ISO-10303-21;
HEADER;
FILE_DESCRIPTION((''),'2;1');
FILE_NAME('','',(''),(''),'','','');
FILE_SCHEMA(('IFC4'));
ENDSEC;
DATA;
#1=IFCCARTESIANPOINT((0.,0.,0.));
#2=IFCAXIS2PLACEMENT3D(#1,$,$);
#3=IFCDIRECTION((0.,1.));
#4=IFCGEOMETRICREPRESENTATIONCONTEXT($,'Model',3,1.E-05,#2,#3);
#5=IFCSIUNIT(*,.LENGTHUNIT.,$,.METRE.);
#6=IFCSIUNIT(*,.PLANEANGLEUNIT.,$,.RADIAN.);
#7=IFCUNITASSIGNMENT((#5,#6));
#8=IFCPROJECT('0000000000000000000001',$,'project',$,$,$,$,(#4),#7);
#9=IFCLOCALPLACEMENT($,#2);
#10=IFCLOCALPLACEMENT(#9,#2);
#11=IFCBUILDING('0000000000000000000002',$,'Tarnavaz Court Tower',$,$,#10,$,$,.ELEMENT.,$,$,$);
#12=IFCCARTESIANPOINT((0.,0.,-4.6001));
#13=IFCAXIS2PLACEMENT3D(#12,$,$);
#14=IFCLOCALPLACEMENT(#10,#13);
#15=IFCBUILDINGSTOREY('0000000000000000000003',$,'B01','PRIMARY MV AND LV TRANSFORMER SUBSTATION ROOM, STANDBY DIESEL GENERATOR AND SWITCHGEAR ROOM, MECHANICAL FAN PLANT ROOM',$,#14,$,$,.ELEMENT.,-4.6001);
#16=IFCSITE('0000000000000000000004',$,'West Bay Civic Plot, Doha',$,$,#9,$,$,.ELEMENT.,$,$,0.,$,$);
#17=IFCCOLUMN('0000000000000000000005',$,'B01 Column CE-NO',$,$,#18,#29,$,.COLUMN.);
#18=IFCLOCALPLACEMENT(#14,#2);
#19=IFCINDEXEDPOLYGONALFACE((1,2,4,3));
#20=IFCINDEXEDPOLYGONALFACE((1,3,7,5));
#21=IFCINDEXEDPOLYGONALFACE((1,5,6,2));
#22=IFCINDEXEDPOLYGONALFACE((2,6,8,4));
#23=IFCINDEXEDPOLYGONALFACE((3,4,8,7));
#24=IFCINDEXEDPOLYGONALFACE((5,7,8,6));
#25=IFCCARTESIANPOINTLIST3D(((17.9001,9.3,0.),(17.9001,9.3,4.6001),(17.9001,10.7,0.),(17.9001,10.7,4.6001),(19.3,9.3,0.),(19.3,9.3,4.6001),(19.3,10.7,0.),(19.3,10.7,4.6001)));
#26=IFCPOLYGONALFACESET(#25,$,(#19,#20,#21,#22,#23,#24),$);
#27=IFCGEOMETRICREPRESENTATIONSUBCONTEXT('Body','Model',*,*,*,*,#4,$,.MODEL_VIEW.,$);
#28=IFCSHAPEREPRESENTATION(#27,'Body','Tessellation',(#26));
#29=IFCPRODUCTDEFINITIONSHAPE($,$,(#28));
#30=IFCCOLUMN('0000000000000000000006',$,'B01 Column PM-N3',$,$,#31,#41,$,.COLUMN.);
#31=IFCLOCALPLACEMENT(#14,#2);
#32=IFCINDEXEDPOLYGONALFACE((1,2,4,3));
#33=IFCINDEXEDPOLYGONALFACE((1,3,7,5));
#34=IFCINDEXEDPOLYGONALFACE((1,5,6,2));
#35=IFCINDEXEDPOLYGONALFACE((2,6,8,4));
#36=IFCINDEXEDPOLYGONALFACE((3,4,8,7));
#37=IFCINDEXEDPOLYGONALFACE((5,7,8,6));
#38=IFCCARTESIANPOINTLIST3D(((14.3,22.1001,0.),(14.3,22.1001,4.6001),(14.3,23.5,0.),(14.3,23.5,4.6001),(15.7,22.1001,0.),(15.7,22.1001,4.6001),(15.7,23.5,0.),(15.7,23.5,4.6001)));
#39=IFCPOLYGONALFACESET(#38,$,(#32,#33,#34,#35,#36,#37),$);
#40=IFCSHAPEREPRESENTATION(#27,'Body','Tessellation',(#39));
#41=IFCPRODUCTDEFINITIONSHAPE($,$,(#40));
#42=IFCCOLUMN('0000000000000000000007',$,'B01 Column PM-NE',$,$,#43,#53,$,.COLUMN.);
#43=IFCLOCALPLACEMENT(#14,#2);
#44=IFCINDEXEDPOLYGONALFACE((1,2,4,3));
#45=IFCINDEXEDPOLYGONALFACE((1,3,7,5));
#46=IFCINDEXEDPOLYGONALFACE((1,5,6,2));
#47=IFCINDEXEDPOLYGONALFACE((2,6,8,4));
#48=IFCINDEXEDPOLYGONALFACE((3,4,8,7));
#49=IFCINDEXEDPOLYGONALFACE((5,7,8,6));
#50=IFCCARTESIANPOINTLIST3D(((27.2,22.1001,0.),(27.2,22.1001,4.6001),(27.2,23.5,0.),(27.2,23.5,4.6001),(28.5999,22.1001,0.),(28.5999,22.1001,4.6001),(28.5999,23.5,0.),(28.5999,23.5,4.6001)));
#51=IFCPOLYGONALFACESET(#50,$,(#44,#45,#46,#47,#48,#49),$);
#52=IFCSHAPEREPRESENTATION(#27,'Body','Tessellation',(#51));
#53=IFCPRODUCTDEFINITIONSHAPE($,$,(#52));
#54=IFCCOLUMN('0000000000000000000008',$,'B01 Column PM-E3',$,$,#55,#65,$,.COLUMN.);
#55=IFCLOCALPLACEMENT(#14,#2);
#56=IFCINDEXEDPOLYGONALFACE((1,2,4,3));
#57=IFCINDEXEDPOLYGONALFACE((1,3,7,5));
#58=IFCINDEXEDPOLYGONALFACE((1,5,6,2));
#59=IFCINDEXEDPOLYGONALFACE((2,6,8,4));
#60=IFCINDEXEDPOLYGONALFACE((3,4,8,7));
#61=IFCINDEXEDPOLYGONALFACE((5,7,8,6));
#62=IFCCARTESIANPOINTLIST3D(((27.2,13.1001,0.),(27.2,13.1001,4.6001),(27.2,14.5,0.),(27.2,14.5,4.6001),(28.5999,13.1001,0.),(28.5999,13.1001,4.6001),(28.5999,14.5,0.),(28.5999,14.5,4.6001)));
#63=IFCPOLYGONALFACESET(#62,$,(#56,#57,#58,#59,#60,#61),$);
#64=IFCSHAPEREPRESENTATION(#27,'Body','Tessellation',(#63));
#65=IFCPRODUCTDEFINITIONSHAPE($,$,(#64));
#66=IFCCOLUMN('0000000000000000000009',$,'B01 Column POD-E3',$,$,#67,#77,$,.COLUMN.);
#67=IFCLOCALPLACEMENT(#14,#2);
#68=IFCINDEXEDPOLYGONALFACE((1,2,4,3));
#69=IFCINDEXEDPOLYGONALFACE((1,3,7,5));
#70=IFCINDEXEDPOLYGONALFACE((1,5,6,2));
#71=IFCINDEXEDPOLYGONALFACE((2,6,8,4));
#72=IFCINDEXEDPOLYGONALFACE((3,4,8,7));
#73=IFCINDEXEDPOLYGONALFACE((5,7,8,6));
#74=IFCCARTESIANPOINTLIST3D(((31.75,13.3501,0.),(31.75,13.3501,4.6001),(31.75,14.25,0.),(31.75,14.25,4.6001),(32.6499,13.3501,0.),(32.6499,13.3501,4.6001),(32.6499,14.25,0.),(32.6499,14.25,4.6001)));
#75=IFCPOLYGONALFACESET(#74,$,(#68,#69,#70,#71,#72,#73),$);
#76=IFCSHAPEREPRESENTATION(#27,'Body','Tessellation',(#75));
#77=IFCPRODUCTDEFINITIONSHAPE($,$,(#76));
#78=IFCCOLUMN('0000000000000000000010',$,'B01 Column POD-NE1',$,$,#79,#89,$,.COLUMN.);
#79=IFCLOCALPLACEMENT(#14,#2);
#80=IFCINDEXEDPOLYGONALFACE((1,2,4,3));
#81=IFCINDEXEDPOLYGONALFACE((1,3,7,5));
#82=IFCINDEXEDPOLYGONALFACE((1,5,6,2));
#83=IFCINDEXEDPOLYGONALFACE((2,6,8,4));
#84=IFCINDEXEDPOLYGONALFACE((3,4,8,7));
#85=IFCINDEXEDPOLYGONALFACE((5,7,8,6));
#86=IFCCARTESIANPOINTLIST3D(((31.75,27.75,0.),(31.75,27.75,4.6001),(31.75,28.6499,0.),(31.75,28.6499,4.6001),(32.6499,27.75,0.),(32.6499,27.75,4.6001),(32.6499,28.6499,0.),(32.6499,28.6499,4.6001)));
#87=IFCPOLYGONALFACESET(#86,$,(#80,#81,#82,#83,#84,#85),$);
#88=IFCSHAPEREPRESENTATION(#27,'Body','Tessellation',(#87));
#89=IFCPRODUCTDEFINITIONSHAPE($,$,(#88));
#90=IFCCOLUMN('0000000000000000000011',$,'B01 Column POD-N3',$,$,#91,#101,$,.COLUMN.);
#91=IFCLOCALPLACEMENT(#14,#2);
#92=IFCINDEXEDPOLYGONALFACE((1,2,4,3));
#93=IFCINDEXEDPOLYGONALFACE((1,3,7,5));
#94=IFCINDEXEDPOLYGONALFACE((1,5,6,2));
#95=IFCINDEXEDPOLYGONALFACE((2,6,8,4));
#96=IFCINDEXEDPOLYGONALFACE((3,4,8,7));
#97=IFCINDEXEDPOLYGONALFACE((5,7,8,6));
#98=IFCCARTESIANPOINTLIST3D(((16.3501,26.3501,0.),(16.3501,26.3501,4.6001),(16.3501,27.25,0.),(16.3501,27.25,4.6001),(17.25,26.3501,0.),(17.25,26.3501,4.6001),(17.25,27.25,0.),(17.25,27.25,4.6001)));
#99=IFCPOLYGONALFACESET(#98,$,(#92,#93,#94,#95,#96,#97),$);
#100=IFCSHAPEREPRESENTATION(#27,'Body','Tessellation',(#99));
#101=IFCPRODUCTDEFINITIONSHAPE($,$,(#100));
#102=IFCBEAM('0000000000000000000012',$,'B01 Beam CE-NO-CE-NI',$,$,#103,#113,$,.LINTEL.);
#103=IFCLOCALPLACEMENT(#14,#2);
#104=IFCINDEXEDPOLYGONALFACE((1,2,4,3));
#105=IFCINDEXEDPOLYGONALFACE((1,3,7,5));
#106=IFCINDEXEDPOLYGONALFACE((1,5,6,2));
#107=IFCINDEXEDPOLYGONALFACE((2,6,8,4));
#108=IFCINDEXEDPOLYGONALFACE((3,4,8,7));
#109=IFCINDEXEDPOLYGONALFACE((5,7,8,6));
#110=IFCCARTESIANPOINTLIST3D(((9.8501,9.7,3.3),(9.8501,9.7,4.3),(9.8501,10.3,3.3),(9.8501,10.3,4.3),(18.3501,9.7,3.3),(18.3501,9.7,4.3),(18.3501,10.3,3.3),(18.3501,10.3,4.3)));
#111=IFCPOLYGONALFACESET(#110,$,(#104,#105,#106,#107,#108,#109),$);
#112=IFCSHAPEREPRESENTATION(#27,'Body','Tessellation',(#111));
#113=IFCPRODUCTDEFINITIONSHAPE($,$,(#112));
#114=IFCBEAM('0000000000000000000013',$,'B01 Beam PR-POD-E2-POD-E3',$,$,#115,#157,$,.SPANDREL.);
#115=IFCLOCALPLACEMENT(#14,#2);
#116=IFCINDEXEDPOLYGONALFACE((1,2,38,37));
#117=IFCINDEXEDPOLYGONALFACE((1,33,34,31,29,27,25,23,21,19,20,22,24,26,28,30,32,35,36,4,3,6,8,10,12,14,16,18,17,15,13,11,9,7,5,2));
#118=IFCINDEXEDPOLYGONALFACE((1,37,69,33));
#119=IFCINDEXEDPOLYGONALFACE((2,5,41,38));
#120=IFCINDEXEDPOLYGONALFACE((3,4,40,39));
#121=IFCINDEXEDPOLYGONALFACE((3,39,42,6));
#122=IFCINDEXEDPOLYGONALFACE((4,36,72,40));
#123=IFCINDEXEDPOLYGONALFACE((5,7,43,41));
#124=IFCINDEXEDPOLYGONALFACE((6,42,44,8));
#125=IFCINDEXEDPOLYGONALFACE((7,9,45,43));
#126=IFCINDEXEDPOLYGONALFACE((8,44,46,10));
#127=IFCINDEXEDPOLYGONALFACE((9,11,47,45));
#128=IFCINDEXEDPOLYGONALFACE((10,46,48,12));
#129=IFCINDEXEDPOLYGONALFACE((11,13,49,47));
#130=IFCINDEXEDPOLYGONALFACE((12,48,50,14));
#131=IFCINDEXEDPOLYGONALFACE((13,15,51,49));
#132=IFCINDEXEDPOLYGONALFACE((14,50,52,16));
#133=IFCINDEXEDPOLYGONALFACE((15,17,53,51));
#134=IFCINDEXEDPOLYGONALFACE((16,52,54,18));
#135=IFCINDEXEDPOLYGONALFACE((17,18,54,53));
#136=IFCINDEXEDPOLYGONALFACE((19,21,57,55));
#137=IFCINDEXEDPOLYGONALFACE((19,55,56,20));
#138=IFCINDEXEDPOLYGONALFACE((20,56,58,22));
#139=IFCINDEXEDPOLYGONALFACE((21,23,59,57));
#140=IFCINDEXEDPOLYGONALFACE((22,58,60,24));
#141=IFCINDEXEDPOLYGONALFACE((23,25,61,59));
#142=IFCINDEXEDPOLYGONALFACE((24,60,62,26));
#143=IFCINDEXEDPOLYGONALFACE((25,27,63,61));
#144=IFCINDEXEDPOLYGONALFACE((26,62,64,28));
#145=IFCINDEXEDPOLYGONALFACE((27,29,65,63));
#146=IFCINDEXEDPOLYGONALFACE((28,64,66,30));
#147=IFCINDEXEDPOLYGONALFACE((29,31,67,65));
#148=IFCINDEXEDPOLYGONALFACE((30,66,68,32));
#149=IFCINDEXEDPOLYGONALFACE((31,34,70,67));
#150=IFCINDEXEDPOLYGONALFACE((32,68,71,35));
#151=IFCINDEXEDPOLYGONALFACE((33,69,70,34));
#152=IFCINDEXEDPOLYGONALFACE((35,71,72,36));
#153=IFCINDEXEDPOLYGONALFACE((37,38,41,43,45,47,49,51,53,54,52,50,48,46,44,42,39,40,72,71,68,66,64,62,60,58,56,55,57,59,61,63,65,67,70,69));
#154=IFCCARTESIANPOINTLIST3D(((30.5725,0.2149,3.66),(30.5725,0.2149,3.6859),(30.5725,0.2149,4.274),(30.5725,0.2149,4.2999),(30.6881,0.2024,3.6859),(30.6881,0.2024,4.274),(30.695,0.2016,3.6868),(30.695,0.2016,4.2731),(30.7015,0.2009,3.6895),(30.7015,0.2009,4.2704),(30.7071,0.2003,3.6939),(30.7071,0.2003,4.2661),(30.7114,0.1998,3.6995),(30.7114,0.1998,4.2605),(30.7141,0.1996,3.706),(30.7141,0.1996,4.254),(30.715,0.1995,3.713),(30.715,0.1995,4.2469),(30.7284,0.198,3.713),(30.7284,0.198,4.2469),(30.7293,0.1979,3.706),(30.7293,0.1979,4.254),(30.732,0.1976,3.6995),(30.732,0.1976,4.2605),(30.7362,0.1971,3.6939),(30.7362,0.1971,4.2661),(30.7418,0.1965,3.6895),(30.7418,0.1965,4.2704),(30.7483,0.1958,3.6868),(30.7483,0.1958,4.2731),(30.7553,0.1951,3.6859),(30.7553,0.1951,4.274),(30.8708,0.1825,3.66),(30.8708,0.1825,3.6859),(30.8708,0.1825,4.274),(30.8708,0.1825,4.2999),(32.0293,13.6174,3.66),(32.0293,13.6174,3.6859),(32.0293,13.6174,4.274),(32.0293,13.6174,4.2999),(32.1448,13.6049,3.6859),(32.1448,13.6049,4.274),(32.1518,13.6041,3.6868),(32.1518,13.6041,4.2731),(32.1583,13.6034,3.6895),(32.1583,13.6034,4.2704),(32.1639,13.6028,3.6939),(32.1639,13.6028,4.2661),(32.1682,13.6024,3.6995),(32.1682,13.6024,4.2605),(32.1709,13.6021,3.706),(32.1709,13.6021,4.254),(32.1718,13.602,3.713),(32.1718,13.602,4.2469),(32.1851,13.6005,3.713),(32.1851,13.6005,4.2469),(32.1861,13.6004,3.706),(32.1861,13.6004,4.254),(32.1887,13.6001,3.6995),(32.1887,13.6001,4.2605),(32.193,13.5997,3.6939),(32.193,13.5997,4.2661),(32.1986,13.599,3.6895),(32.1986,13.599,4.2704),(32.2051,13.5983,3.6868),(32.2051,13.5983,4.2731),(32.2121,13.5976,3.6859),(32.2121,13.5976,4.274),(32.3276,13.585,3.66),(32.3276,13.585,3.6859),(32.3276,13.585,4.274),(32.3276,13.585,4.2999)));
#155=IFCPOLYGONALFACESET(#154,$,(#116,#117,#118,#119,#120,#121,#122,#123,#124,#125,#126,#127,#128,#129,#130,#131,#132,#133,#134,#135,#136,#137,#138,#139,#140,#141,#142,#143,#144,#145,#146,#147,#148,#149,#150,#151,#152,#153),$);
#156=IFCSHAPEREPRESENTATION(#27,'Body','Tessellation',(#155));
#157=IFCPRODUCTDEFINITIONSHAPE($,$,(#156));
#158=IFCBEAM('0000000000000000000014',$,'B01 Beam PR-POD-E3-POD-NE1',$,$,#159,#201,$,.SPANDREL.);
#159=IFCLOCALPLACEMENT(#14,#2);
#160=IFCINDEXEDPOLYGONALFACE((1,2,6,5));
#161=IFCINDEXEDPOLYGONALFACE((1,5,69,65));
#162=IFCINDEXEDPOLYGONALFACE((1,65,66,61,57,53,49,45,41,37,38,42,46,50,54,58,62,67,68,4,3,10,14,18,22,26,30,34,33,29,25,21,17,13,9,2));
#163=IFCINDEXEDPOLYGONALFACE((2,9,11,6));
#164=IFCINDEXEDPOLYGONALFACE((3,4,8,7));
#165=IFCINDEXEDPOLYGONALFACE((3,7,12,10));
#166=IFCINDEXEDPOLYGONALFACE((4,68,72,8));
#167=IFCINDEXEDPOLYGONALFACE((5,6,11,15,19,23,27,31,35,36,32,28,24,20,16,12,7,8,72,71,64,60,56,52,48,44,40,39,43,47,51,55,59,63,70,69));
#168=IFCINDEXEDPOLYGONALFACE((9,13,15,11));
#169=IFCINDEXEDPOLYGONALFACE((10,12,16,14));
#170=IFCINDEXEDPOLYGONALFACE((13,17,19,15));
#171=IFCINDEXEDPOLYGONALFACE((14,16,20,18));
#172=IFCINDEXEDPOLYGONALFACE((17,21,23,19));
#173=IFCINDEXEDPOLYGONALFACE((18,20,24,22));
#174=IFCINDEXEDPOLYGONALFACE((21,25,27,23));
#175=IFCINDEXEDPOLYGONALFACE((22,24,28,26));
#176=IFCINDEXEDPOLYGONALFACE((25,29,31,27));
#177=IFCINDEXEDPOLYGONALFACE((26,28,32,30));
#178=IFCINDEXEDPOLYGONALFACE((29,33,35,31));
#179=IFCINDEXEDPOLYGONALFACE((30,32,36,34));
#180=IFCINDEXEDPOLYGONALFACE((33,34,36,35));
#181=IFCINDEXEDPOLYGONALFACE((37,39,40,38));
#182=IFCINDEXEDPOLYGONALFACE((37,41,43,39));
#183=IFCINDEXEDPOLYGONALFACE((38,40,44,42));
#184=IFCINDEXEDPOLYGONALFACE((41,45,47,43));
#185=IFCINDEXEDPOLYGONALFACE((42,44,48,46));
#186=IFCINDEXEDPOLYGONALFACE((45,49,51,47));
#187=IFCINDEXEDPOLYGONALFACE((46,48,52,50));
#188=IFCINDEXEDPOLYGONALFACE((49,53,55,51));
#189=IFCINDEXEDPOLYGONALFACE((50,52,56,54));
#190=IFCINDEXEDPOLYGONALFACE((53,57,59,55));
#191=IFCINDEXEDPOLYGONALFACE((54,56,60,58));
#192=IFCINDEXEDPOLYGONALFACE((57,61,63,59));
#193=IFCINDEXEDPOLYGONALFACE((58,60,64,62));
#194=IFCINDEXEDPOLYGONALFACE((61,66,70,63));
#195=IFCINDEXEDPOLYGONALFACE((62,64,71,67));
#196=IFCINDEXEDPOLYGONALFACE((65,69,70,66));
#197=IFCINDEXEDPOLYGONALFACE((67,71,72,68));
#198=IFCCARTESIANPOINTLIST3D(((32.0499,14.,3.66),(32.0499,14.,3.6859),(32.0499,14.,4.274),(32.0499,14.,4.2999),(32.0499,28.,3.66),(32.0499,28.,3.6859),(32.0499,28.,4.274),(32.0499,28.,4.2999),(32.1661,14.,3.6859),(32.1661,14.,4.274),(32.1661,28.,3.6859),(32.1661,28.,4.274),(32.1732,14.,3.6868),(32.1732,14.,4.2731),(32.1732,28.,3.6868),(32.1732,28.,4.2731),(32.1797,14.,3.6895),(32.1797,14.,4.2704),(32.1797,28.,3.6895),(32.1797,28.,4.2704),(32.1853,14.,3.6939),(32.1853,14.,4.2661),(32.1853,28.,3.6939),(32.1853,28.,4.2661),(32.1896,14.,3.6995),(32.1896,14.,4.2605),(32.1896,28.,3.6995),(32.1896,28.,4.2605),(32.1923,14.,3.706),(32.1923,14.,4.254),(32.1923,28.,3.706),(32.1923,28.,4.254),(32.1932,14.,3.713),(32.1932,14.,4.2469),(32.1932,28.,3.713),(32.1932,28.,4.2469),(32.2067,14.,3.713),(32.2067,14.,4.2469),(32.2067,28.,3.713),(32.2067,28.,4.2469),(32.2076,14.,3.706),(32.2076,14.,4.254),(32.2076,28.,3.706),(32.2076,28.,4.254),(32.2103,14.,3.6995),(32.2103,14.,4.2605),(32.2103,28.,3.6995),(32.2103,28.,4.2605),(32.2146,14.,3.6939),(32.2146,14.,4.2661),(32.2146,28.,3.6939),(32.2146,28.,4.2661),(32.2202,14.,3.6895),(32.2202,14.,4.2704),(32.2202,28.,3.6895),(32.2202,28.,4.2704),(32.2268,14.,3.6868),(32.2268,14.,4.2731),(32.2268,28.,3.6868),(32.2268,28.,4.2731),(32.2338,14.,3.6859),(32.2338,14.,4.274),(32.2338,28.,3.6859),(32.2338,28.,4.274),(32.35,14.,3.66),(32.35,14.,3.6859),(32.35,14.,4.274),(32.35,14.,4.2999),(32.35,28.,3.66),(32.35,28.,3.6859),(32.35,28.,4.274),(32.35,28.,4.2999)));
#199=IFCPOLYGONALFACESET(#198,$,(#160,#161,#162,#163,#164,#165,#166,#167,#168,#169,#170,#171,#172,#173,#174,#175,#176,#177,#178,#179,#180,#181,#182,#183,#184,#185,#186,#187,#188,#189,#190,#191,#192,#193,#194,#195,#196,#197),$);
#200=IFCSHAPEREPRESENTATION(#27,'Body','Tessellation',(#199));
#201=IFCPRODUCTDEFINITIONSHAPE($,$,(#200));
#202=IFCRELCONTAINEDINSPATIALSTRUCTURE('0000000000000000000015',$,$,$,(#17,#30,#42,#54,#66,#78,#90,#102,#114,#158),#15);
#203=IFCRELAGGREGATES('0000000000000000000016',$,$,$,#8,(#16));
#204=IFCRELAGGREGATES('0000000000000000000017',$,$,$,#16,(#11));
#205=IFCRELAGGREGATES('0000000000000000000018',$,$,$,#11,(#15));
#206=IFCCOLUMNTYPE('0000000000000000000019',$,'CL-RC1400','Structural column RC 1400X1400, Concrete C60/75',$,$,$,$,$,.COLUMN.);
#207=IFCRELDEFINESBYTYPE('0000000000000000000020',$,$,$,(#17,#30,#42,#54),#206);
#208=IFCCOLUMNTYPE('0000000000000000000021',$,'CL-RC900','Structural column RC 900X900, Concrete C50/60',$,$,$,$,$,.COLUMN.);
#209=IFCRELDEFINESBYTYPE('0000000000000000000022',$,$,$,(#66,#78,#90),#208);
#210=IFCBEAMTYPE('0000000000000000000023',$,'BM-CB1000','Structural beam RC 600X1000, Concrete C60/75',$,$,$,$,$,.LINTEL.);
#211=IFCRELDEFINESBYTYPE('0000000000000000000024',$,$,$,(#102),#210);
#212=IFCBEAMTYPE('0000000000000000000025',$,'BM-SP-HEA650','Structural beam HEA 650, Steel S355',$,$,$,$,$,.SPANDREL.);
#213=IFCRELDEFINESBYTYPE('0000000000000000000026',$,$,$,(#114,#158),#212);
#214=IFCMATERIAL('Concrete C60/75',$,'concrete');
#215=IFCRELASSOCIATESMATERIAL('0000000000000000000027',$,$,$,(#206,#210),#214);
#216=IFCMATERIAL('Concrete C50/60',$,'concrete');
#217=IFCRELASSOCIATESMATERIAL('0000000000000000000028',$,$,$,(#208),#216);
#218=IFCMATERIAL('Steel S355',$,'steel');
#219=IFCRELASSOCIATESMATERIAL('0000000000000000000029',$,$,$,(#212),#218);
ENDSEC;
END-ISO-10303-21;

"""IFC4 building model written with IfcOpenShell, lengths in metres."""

from ifc_helpers import new_model, si_unit, direction, frame, origin, origin_2d, place, context, subcontext, project, spatial, rectangle, i_section, extrude, material, material_profile, profile_set, type_object, element, save


model = new_model("IFC4")

# Units and contexts
model_context = context("Model", 3, precision=1e-05, world=origin(), true_north=direction((0.0, 1.0)))
body_context = subcontext(model_context, "Body", "Model", "MODEL_VIEW")
ifc_project = project(units=[si_unit("LENGTHUNIT", "METRE"), si_unit("PLANEANGLEUNIT", "RADIAN")], contexts=[model_context])

# Site, building, storey
site_placement = place(None, origin())
site = spatial("IfcSite", under=ifc_project, at=site_placement, Name="West Bay Civic Plot, Doha", CompositionType="ELEMENT", RefElevation=0.0)
building_placement = place(site_placement, origin())
building = spatial("IfcBuilding", under=site, at=building_placement, Name="Tarnavaz Court Tower", CompositionType="ELEMENT")
storey_placement = place(building_placement, frame((0.0, 0.0, -4.6001)))
storey = spatial("IfcBuildingStorey", under=building, at=storey_placement, Name="B01", Description="PRIMARY MV AND LV TRANSFORMER SUBSTATION ROOM, STANDBY DIESEL GENERATOR AND SWITCHGEAR ROOM, MECHANICAL FAN PLANT ROOM", CompositionType="ELEMENT", Elevation=-4.6001)

# Columns
ifc_material_1 = material(Name="Concrete C60/75", Category="concrete")
ifc_material_profile_1 = material_profile(ifc_material_1, rectangle(XDim=1.3999, YDim=1.3999, at=origin_2d()), Name="RC 1400X1400")
ifc_profile_set_1 = profile_set([ifc_material_profile_1], Name="Concrete C60/75")
column_type_1 = type_object("IfcColumnType", Name="CL-RC1400", Description="Structural column RC 1400X1400, Concrete C60/75", PredefinedType="COLUMN", material=ifc_profile_set_1)
for number, where, z_axis, x_axis, name in (
    (1, (18.6001, 10.0, 0.0), (0.0, 0.0, 1.0), (1.0, 0.0, 0.0), "B01 Column CE-NO"),
    (2, (15.0, 22.8, 0.0), (0.0, 0.0, 1.0), (1.0, 0.0, 0.0), "B01 Column PM-N3"),
    (3, (27.8999, 22.8, 0.0), (0.0, 0.0, 1.0), (1.0, 0.0, 0.0), "B01 Column PM-NE"),
    (4, (27.8999, 13.8, 0.0), (0.0, 0.0, 1.0), (1.0, 0.0, 0.0), "B01 Column PM-E3"),
):
    element("IfcColumn", number, at=place(storey_placement, frame(where, z_axis=z_axis, x_axis=x_axis)), inside=storey, type_object=column_type_1, Name=name, PredefinedType="COLUMN", context=body_context, shape_type="SweptSolid", body=[
        extrude(rectangle(XDim=1.3999, YDim=1.3999, at=origin_2d()), origin(), (0.0, 0.0, 1.0), 4.6001),
    ])
ifc_material_2 = material(Name="Concrete C50/60", Category="concrete")
ifc_material_profile_2 = material_profile(ifc_material_2, rectangle(XDim=0.8999, YDim=0.8999, at=origin_2d()), Name="RC 900X900")
ifc_profile_set_2 = profile_set([ifc_material_profile_2], Name="Concrete C50/60")
column_type_2 = type_object("IfcColumnType", Name="CL-RC900", Description="Structural column RC 900X900, Concrete C50/60", PredefinedType="COLUMN", material=ifc_profile_set_2)
for number, where, z_axis, x_axis, name in (
    (5, (32.2, 13.8, 0.0), (0.0, 0.0, 1.0), (1.0, 0.0, 0.0), "B01 Column POD-E3"),
    (6, (32.2, 28.2, 0.0), (0.0, 0.0, 1.0), (1.0, 0.0, 0.0), "B01 Column POD-NE1"),
    (7, (16.8, 26.8, 0.0), (0.0, 0.0, 1.0), (1.0, 0.0, 0.0), "B01 Column POD-N3"),
):
    element("IfcColumn", number, at=place(storey_placement, frame(where, z_axis=z_axis, x_axis=x_axis)), inside=storey, type_object=column_type_2, Name=name, PredefinedType="COLUMN", context=body_context, shape_type="SweptSolid", body=[
        extrude(rectangle(XDim=0.8999, YDim=0.8999, at=origin_2d()), origin(), (0.0, 0.0, 1.0), 4.6001),
    ])

# Beams
ifc_material_profile_3 = material_profile(ifc_material_1, rectangle(XDim=0.6001, YDim=1.0, at=origin_2d()), Name="RC 600X1000")
ifc_profile_set_3 = profile_set([ifc_material_profile_3], Name="Concrete C60/75")
beam_type_1 = type_object("IfcBeamType", Name="BM-CB1000", Description="Structural beam RC 600X1000, Concrete C60/75", PredefinedType="LINTEL", material=ifc_profile_set_3)
beam_1_placement = place(storey_placement, frame((18.3501, 10.0, 3.8), z_axis=(-1.0, 0.0, 0.0), x_axis=(0.0, -1.0, 0.0)))
element("IfcBeam", 8, at=beam_1_placement, inside=storey, type_object=beam_type_1, Name="B01 Beam CE-NO-CE-NI", PredefinedType="LINTEL", context=body_context, shape_type="SweptSolid", body=[
    extrude(rectangle(XDim=0.6001, YDim=1.0, at=origin_2d()), origin(), (0.0, 0.0, 1.0), 8.5),
])
ifc_material_3 = material(Name="Steel S355", Category="steel")
ifc_material_profile_4 = material_profile(ifc_material_3, i_section(OverallWidth=0.3, OverallDepth=0.6399, WebThickness=0.0134, FlangeThickness=0.0259, FilletRadius=0.0271, at=origin_2d()), Name="HEA 650")
ifc_profile_set_4 = profile_set([ifc_material_profile_4], Name="Steel S355")
beam_type_2 = type_object("IfcBeamType", Name="BM-SP-HEA650", Description="Structural beam HEA 650, Steel S355", PredefinedType="SPANDREL", material=ifc_profile_set_4)
beam_2_placement = place(storey_placement, frame((30.7217, 0.1987, 3.98), z_axis=(0.108058, 0.994145, 0.0), x_axis=(-0.994145, 0.108058, 0.0)))
element("IfcBeam", 9, at=beam_2_placement, inside=storey, type_object=beam_type_2, Name="B01 Beam PR-POD-E2-POD-E3", PredefinedType="SPANDREL", context=body_context, shape_type="SweptSolid", body=[
    extrude(i_section(OverallWidth=0.3, OverallDepth=0.6399, WebThickness=0.0134, FlangeThickness=0.0259, FilletRadius=0.0271, at=origin_2d()), origin(), (0.0, 0.0, 1.0), 13.4814),
])
beam_3_placement = place(storey_placement, frame((32.2, 14.0, 3.98), z_axis=(0.0, 1.0, 0.0), x_axis=(-1.0, 0.0, 0.0)))
element("IfcBeam", 10, at=beam_3_placement, inside=storey, type_object=beam_type_2, Name="B01 Beam PR-POD-E3-POD-NE1", PredefinedType="SPANDREL", context=body_context, shape_type="SweptSolid", body=[
    extrude(i_section(OverallWidth=0.3, OverallDepth=0.6399, WebThickness=0.0134, FlangeThickness=0.0259, FilletRadius=0.0271, at=origin_2d()), origin(), (0.0, 0.0, 1.0), 14.0),
])

save(model, "model.ifc")
